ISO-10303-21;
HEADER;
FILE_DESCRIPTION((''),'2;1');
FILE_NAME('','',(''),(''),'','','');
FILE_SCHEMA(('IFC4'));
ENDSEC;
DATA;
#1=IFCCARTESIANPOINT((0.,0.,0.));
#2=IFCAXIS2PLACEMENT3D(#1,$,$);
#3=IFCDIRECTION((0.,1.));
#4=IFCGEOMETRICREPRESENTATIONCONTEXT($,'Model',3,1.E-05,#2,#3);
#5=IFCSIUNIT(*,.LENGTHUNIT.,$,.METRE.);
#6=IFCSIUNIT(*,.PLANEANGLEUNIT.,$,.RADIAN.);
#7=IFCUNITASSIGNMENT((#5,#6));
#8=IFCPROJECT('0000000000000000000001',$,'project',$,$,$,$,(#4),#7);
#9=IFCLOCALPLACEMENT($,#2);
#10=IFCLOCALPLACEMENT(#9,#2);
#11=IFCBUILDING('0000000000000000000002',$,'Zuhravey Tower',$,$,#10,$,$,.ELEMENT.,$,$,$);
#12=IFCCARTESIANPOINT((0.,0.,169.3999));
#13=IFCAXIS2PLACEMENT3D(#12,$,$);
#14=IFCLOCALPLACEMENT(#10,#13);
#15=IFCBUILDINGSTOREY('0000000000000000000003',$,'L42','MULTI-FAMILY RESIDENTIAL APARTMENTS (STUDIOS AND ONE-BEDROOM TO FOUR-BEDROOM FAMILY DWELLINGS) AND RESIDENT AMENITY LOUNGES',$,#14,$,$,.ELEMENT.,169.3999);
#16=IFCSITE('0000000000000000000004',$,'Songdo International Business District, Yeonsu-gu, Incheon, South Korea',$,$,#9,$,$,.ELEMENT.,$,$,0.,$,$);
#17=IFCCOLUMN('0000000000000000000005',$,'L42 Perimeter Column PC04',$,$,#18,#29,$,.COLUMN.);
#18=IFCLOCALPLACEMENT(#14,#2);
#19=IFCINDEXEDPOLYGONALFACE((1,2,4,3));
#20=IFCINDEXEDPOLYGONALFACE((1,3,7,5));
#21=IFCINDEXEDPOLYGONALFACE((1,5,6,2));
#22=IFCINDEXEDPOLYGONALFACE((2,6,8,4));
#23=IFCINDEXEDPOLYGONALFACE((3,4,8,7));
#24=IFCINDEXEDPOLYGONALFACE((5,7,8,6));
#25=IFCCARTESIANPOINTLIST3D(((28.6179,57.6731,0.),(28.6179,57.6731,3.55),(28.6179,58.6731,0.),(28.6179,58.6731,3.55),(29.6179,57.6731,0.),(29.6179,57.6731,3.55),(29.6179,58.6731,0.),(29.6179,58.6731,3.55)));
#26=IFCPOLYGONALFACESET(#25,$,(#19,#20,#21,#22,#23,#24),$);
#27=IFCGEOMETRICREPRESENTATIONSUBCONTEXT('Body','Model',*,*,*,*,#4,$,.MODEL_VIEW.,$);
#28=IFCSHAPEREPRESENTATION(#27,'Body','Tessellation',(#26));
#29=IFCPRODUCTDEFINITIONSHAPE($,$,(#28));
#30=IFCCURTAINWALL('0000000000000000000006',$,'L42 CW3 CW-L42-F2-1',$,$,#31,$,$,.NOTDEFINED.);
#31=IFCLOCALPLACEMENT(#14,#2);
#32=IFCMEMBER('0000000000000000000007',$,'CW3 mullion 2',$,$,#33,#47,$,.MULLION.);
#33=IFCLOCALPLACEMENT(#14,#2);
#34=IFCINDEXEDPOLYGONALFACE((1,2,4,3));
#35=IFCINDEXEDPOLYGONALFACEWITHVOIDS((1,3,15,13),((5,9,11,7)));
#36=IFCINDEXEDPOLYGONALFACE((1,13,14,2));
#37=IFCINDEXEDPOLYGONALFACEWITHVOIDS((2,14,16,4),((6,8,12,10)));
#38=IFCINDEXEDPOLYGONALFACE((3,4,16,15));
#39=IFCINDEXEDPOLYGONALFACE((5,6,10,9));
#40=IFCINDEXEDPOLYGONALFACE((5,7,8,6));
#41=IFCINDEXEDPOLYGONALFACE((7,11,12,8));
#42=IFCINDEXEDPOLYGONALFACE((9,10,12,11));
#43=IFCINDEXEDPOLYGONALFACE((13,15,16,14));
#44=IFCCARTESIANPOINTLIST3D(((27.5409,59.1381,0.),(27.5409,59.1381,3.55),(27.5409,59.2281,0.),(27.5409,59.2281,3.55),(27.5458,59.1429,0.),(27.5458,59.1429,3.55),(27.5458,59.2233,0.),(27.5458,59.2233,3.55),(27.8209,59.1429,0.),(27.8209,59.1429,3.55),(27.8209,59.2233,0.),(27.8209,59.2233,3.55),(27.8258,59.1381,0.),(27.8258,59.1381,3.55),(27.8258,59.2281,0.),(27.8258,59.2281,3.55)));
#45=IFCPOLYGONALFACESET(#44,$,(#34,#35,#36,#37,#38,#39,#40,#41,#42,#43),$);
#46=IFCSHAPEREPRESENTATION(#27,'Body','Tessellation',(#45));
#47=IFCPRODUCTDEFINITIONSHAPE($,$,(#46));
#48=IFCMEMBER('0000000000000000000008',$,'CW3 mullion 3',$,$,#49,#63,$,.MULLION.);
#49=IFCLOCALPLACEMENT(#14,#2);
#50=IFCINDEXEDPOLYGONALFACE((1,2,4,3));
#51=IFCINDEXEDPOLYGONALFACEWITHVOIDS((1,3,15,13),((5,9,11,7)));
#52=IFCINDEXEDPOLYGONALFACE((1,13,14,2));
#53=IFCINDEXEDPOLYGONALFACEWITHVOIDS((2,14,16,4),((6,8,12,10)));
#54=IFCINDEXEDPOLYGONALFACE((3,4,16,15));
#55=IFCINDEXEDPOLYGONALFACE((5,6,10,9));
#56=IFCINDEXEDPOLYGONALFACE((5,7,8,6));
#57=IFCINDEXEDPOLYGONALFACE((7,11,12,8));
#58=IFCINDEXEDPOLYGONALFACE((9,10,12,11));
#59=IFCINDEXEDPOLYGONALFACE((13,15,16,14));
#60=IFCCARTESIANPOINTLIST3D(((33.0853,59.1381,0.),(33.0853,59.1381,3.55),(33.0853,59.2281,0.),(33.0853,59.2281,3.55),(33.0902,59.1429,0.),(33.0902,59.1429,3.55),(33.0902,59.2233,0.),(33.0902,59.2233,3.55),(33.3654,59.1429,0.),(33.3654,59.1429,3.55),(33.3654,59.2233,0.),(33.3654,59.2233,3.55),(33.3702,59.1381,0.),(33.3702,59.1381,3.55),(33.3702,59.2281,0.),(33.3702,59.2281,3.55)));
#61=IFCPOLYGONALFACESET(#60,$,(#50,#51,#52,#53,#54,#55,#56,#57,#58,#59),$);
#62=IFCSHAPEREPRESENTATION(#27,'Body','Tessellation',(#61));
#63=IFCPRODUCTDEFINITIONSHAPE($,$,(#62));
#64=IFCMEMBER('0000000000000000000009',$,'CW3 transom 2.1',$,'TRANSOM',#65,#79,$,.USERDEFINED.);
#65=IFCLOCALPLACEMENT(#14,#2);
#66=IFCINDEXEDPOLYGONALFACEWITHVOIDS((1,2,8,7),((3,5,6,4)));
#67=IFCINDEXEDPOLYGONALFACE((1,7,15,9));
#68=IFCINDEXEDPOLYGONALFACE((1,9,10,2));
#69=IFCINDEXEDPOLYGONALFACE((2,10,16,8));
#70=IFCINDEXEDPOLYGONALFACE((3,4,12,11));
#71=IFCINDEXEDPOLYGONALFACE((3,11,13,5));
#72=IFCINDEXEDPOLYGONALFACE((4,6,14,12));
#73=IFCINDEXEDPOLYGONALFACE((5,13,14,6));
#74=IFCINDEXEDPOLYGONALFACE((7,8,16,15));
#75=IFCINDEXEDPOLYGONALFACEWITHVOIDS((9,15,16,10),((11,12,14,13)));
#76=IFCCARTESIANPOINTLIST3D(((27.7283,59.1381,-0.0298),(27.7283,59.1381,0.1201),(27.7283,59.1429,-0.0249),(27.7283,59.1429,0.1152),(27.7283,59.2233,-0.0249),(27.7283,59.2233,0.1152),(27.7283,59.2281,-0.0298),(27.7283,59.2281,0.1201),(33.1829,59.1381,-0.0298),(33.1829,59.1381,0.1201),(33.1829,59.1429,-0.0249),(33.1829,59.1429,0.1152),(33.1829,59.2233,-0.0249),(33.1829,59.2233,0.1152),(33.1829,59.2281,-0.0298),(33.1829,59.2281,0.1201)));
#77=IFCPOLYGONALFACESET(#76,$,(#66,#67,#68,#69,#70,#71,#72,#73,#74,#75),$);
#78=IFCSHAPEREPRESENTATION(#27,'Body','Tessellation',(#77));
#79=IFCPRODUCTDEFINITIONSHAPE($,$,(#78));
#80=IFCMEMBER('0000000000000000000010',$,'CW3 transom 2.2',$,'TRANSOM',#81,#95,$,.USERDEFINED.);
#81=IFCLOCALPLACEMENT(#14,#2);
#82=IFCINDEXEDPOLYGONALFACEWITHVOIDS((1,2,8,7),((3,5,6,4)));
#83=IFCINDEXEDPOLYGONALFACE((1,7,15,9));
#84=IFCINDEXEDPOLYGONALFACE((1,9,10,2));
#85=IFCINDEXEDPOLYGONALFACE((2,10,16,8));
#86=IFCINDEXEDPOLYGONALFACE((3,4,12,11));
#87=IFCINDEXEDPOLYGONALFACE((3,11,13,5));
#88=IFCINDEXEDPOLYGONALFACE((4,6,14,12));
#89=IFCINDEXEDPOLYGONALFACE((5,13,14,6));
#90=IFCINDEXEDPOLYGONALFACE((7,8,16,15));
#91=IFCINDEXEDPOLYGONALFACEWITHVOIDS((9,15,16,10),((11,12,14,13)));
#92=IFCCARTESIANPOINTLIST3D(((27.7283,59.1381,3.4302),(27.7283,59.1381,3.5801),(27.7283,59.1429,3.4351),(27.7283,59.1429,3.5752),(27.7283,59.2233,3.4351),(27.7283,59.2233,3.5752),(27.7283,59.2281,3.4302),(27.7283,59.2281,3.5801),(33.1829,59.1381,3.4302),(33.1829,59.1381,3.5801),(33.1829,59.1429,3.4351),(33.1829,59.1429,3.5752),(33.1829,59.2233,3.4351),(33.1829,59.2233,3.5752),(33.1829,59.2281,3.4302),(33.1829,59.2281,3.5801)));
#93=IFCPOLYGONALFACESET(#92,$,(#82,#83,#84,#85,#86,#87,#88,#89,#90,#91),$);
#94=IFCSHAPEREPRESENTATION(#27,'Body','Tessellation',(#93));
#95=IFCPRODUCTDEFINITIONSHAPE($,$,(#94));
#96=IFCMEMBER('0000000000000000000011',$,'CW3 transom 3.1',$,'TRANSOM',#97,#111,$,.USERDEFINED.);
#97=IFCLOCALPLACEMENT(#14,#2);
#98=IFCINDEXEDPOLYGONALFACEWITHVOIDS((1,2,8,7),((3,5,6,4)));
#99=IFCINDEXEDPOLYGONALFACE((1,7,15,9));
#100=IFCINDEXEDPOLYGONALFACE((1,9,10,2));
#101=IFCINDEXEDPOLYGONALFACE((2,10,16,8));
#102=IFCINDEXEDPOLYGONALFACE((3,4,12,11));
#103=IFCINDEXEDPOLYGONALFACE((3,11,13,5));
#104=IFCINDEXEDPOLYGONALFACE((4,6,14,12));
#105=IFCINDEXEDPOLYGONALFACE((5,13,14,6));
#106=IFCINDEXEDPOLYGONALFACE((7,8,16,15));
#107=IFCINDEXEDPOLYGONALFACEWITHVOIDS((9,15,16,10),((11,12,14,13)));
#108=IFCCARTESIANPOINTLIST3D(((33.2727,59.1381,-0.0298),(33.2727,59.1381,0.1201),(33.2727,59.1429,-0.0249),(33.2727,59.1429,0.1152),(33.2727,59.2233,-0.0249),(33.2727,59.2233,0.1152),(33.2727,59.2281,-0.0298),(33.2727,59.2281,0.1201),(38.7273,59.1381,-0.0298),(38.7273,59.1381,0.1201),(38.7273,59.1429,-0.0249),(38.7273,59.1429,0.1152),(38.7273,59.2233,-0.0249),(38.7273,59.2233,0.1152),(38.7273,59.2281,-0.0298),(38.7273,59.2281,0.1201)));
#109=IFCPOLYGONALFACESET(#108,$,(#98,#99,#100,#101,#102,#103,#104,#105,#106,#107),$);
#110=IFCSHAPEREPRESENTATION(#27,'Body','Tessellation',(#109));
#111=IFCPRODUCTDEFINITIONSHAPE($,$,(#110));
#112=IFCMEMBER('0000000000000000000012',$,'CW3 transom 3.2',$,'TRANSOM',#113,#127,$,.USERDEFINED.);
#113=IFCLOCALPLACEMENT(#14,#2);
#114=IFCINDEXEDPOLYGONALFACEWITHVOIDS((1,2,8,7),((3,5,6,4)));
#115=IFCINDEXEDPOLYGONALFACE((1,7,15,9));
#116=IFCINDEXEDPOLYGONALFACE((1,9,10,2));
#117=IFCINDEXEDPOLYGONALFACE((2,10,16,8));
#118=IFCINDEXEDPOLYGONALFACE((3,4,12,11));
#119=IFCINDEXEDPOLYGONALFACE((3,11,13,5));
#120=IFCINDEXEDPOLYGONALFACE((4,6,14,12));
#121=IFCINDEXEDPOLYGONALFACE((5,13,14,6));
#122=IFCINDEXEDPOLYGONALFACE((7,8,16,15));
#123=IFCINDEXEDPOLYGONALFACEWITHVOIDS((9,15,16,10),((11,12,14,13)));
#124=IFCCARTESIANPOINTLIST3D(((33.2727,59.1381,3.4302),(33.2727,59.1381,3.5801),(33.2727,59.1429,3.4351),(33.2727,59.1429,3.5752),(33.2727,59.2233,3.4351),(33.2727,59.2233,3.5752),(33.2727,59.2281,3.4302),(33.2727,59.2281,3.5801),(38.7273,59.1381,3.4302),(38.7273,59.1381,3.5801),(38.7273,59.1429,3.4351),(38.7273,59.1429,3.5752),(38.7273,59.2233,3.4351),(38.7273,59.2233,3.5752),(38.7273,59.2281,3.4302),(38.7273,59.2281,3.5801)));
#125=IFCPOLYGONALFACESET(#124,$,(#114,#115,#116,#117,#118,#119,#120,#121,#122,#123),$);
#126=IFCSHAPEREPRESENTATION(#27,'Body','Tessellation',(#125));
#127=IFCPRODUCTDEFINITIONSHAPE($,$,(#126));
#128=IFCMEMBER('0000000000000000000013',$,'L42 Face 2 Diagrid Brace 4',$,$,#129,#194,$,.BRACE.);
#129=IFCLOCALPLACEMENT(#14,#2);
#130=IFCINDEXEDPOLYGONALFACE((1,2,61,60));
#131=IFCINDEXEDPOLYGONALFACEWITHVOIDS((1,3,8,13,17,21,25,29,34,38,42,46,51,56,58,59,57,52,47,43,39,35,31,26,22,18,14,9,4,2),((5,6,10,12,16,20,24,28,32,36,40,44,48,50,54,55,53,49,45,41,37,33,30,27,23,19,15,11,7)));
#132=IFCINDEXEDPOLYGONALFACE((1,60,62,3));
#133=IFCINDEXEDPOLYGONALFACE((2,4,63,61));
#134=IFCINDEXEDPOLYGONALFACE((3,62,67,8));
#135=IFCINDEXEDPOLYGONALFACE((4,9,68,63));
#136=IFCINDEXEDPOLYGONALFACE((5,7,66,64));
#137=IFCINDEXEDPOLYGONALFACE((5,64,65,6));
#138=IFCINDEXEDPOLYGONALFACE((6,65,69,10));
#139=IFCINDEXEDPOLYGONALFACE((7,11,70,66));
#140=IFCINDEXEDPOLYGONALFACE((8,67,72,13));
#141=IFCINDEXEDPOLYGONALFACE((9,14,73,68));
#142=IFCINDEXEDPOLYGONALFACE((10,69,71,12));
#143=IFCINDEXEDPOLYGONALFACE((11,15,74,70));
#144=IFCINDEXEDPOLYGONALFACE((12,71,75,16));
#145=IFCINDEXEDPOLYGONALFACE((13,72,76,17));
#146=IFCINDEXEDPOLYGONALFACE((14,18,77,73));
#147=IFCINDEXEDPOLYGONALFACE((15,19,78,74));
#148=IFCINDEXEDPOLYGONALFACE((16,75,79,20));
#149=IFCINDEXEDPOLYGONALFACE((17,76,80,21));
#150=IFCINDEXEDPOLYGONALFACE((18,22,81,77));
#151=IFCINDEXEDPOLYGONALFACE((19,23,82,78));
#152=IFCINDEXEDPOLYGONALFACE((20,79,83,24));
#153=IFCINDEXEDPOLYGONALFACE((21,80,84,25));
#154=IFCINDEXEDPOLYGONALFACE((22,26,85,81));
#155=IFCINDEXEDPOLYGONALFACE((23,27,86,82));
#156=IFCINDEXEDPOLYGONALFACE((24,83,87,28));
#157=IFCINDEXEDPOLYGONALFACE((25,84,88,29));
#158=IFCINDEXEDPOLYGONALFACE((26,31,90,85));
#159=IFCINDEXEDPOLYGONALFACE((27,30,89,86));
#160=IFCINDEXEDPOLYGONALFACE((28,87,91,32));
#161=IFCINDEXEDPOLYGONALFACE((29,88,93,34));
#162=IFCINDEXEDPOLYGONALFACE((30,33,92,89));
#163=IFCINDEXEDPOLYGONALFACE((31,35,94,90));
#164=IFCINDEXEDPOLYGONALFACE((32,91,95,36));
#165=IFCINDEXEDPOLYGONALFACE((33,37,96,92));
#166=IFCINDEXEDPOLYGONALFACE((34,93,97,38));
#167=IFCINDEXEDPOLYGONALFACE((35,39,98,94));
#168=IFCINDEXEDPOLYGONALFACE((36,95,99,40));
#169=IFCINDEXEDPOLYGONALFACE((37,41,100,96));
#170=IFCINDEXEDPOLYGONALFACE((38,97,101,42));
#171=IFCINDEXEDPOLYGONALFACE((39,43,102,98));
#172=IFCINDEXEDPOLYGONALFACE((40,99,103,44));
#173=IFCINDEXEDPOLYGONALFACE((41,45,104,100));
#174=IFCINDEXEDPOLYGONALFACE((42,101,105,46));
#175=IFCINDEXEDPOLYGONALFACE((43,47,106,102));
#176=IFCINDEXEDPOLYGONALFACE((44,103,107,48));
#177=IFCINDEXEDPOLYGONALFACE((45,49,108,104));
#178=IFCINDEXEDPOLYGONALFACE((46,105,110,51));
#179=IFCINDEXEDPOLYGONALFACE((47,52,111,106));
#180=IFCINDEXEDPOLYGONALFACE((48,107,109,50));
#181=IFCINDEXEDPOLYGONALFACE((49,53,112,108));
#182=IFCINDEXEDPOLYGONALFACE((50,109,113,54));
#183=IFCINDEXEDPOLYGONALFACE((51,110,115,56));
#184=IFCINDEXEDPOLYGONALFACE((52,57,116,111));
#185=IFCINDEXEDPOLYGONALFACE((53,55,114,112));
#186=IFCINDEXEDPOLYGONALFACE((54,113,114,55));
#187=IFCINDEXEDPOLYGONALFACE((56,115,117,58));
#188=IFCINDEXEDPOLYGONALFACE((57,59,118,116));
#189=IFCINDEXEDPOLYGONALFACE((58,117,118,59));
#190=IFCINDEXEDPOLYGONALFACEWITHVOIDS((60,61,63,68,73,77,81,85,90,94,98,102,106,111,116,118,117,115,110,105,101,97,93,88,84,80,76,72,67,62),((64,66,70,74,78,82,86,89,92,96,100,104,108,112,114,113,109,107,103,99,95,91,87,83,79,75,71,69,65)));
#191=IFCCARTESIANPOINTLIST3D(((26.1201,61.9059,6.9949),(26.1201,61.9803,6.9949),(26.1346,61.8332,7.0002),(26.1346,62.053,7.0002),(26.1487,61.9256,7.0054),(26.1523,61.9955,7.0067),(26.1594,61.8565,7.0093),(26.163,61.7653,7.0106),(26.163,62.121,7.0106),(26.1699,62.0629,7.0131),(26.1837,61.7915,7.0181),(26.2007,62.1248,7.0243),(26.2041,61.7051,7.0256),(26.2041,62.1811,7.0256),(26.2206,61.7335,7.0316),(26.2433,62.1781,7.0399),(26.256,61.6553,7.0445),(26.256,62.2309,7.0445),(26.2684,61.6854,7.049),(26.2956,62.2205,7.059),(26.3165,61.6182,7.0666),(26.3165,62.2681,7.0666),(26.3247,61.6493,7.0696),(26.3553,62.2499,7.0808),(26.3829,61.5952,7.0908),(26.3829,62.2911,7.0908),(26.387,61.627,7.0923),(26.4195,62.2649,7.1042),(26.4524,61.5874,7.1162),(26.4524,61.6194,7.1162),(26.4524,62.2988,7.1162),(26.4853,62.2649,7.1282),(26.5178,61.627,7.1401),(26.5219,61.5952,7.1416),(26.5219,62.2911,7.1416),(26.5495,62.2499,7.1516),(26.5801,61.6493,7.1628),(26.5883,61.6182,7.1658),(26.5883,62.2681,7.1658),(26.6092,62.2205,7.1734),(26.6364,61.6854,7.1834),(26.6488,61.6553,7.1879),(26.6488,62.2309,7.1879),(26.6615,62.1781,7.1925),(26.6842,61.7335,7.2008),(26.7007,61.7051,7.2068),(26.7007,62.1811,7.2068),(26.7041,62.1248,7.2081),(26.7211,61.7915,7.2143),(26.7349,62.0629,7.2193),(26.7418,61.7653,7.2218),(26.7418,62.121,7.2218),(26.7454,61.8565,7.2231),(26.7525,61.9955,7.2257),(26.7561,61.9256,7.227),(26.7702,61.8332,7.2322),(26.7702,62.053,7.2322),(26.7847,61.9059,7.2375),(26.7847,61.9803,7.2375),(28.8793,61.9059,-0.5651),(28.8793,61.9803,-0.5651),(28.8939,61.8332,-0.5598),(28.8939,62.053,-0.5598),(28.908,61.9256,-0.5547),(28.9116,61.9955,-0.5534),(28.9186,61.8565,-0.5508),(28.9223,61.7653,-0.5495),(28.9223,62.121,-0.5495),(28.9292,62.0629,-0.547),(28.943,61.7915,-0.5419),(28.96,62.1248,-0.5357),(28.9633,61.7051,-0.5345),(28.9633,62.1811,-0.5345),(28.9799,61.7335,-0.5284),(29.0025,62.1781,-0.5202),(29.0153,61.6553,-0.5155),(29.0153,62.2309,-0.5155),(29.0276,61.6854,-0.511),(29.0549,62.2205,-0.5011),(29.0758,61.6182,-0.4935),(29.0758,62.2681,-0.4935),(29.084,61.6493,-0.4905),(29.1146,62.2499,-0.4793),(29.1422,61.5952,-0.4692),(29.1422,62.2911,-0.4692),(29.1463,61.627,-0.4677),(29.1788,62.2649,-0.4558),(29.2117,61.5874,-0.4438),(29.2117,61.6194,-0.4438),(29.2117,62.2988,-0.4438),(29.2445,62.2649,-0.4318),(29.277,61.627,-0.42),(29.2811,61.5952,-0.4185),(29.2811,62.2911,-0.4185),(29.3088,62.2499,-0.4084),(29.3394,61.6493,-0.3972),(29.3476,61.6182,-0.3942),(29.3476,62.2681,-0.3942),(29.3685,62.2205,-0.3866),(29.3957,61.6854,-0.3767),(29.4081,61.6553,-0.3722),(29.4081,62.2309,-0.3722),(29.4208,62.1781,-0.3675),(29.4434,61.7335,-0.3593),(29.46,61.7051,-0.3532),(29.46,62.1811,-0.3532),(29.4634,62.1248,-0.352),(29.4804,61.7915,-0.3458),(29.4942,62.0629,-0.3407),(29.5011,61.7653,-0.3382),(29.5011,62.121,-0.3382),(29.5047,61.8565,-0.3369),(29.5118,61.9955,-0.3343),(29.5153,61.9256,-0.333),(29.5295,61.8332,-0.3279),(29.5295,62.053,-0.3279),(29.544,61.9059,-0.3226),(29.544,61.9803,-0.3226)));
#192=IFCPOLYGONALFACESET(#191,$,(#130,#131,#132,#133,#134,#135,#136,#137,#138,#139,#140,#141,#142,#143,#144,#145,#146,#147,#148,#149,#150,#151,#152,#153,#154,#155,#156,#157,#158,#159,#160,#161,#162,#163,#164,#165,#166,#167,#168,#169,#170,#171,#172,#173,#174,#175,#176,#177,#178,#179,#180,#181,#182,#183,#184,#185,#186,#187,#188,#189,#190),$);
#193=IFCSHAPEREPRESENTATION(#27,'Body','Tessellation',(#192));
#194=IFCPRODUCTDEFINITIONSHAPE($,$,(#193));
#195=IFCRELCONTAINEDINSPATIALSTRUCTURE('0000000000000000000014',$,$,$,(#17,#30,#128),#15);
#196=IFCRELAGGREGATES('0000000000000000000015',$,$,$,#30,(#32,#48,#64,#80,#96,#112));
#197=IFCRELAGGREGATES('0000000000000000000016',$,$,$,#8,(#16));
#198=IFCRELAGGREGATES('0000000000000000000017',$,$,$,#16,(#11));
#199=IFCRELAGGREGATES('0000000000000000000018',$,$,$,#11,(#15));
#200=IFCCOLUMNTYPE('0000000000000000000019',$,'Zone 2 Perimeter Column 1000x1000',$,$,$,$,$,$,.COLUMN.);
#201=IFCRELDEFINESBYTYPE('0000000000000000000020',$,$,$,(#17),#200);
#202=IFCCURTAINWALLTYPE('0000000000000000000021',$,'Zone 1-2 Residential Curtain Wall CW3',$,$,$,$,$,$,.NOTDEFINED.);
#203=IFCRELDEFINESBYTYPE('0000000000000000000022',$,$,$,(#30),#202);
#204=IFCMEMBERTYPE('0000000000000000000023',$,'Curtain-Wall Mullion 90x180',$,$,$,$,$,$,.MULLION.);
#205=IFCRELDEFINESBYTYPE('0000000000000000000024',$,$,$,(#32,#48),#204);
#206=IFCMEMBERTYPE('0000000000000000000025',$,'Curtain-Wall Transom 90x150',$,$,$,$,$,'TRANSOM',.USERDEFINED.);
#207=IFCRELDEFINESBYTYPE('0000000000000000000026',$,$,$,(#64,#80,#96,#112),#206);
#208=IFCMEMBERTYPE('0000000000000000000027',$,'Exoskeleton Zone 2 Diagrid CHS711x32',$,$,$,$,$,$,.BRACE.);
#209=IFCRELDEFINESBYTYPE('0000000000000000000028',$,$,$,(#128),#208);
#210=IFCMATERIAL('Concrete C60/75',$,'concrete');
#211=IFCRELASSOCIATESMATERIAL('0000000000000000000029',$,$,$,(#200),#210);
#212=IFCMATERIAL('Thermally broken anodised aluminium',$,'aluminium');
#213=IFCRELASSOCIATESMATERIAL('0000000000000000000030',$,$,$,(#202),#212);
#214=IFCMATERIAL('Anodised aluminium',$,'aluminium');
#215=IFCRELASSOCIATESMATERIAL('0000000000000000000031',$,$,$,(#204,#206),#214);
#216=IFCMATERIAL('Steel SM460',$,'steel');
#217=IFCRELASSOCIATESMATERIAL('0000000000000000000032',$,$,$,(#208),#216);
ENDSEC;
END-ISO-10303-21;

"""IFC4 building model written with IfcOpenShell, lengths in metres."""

from ifc_helpers import new_model, si_unit, direction, frame, origin, origin_2d, place, context, subcontext, project, spatial, rectangle, hollow_rectangle, hollow_circle, extrude, material, material_profile, profile_set, type_object, element, aggregate, save


model = new_model("IFC4")

# Units and contexts
model_context = context("Model", 3, precision=1e-05, world=origin(), true_north=direction((0.0, 1.0)))
body_context = subcontext(model_context, "Body", "Model", "MODEL_VIEW")
ifc_project = project(units=[si_unit("LENGTHUNIT", "METRE"), si_unit("PLANEANGLEUNIT", "RADIAN")], contexts=[model_context])

# Site, building, storey
site_placement = place(None, origin())
site = spatial("IfcSite", under=ifc_project, at=site_placement, Name="Songdo International Business District, Yeonsu-gu, Incheon, South Korea", CompositionType="ELEMENT", RefElevation=0.0)
building_placement = place(site_placement, origin())
building = spatial("IfcBuilding", under=site, at=building_placement, Name="Zuhravey Tower", CompositionType="ELEMENT")
storey_placement = place(building_placement, frame((0.0, 0.0, 169.3999)))
storey = spatial("IfcBuildingStorey", under=building, at=storey_placement, Name="L42", Description="MULTI-FAMILY RESIDENTIAL APARTMENTS (STUDIOS AND ONE-BEDROOM TO FOUR-BEDROOM FAMILY DWELLINGS) AND RESIDENT AMENITY LOUNGES", CompositionType="ELEMENT", Elevation=169.3999)

# Column
ifc_material_1 = material(Name="Concrete C60/75", Category="concrete")
ifc_material_profile_1 = material_profile(ifc_material_1, rectangle(XDim=1.0, YDim=1.0, at=origin_2d()), Name="RC-1000x1000")
ifc_profile_set_1 = profile_set([ifc_material_profile_1], Name="Concrete C60/75")
column_type = type_object("IfcColumnType", Name="Zone 2 Perimeter Column 1000x1000", PredefinedType="COLUMN", material=ifc_profile_set_1)
column_placement = place(storey_placement, frame((29.1179, 58.1731, 0.0), z_axis=(0.0, 0.0, 1.0), x_axis=(-1.0, 0.0, 0.0)))
element("IfcColumn", 1, at=column_placement, inside=storey, type_object=column_type, Name="L42 Perimeter Column PC04", PredefinedType="COLUMN", context=body_context, shape_type="SweptSolid", body=[
    extrude(rectangle(XDim=1.0, YDim=1.0, at=origin_2d()), origin(), (0.0, 0.0, 1.0), 3.55),
])

# Curtain wall, members
ifc_material_2 = material(Name="Thermally broken anodised aluminium", Category="aluminium")
curtain_wall_type = type_object("IfcCurtainWallType", Name="Zone 1-2 Residential Curtain Wall CW3", PredefinedType="NOTDEFINED", material=ifc_material_2)
curtain_wall_placement = place(storey_placement, origin())
curtain_wall = element("IfcCurtainWall", 2, at=curtain_wall_placement, inside=storey, type_object=curtain_wall_type, Name="L42 CW3 CW-L42-F2-1", PredefinedType="NOTDEFINED")
ifc_material_3 = material(Name="Anodised aluminium", Category="aluminium")
ifc_material_profile_2 = material_profile(ifc_material_3, hollow_rectangle(XDim=0.0901, YDim=0.2849, WallThickness=0.0049, at=origin_2d()), Name="ALU-RHS-90x285x5")
ifc_profile_set_2 = profile_set([ifc_material_profile_2], Name="Anodised aluminium")
member_type_1 = type_object("IfcMemberType", Name="Curtain-Wall Mullion 90x180", PredefinedType="MULLION", material=ifc_profile_set_2)
member_1_placement = place(storey_placement, frame((27.6833, 59.1831, 0.0), z_axis=(0.0, 0.0, 1.0), x_axis=(0.0, 1.0, 0.0)))
member_1 = element("IfcMember", 3, at=member_1_placement, type_object=member_type_1, Name="CW3 mullion 2", PredefinedType="MULLION", context=body_context, shape_type="SweptSolid", body=[
    extrude(hollow_rectangle(XDim=0.0901, YDim=0.2849, WallThickness=0.0049, at=origin_2d()), origin(), (0.0, 0.0, 1.0), 3.55),
])
member_2_placement = place(storey_placement, frame((33.2278, 59.1831, 0.0), z_axis=(0.0, 0.0, 1.0), x_axis=(0.0, 1.0, 0.0)))
member_2 = element("IfcMember", 4, at=member_2_placement, type_object=member_type_1, Name="CW3 mullion 3", PredefinedType="MULLION", context=body_context, shape_type="SweptSolid", body=[
    extrude(hollow_rectangle(XDim=0.0901, YDim=0.2849, WallThickness=0.0049, at=origin_2d()), origin(), (0.0, 0.0, 1.0), 3.55),
])
ifc_material_profile_3 = material_profile(ifc_material_3, hollow_rectangle(XDim=0.0901, YDim=0.1499, WallThickness=0.0049, at=origin_2d()), Name="ALU-RHS-90x150x5")
ifc_profile_set_3 = profile_set([ifc_material_profile_3], Name="Anodised aluminium")
member_type_2 = type_object("IfcMemberType", Name="Curtain-Wall Transom 90x150", ElementType="TRANSOM", PredefinedType="USERDEFINED", material=ifc_profile_set_3)
member_3_placement = place(storey_placement, frame((27.7283, 59.1831, 0.0452), z_axis=(1.0, 0.0, 0.0), x_axis=(0.0, 1.0, 0.0)))
member_3 = element("IfcMember", 5, at=member_3_placement, type_object=member_type_2, Name="CW3 transom 2.1", ObjectType="TRANSOM", PredefinedType="USERDEFINED", context=body_context, shape_type="SweptSolid", body=[
    extrude(hollow_rectangle(XDim=0.0901, YDim=0.1499, WallThickness=0.0049, at=origin_2d()), origin(), (0.0, 0.0, 1.0), 5.4546),
])
member_4_placement = place(storey_placement, frame((27.7283, 59.1831, 3.5051), z_axis=(1.0, 0.0, 0.0), x_axis=(0.0, 1.0, 0.0)))
member_4 = element("IfcMember", 6, at=member_4_placement, type_object=member_type_2, Name="CW3 transom 2.2", ObjectType="TRANSOM", PredefinedType="USERDEFINED", context=body_context, shape_type="SweptSolid", body=[
    extrude(hollow_rectangle(XDim=0.0901, YDim=0.1499, WallThickness=0.0049, at=origin_2d()), origin(), (0.0, 0.0, 1.0), 5.4546),
])
member_5_placement = place(storey_placement, frame((33.2727, 59.1831, 0.0452), z_axis=(1.0, 0.0, 0.0), x_axis=(0.0, 1.0, 0.0)))
member_5 = element("IfcMember", 7, at=member_5_placement, type_object=member_type_2, Name="CW3 transom 3.1", ObjectType="TRANSOM", PredefinedType="USERDEFINED", context=body_context, shape_type="SweptSolid", body=[
    extrude(hollow_rectangle(XDim=0.0901, YDim=0.1499, WallThickness=0.0049, at=origin_2d()), origin(), (0.0, 0.0, 1.0), 5.4546),
])
member_6_placement = place(storey_placement, frame((33.2727, 59.1831, 3.5051), z_axis=(1.0, 0.0, 0.0), x_axis=(0.0, 1.0, 0.0)))
member_6 = element("IfcMember", 8, at=member_6_placement, type_object=member_type_2, Name="CW3 transom 3.2", ObjectType="TRANSOM", PredefinedType="USERDEFINED", context=body_context, shape_type="SweptSolid", body=[
    extrude(hollow_rectangle(XDim=0.0901, YDim=0.1499, WallThickness=0.0049, at=origin_2d()), origin(), (0.0, 0.0, 1.0), 5.4546),
])

# Member
ifc_material_4 = material(Name="Steel SM460", Category="steel")
ifc_material_profile_4 = material_profile(ifc_material_4, hollow_circle(Radius=0.3557, WallThickness=0.032, at=origin_2d()), Name="CHS-711.2x32")
ifc_profile_set_4 = profile_set([ifc_material_profile_4], Name="Steel SM460")
member_type_3 = type_object("IfcMemberType", Name="Exoskeleton Zone 2 Diagrid CHS711x32", PredefinedType="BRACE", material=ifc_profile_set_4)
member_7_placement = place(storey_placement, frame((29.2117, 61.9431, -0.4438), z_axis=(-0.342858, 0.0, 0.939387), x_axis=(0.0, -1.0, 0.0)))
element("IfcMember", 9, at=member_7_placement, inside=storey, type_object=member_type_3, Name="L42 Face 2 Diagrid Brace 4", PredefinedType="BRACE", context=body_context, shape_type="SweptSolid", body=[
    extrude(hollow_circle(Radius=0.3557, WallThickness=0.032, at=origin_2d()), origin(), (0.0, 0.0, 1.0), 8.0479),
])

aggregate(curtain_wall, [member_1, member_2, member_3, member_4, member_5, member_6])

save(model, "model.ifc")
